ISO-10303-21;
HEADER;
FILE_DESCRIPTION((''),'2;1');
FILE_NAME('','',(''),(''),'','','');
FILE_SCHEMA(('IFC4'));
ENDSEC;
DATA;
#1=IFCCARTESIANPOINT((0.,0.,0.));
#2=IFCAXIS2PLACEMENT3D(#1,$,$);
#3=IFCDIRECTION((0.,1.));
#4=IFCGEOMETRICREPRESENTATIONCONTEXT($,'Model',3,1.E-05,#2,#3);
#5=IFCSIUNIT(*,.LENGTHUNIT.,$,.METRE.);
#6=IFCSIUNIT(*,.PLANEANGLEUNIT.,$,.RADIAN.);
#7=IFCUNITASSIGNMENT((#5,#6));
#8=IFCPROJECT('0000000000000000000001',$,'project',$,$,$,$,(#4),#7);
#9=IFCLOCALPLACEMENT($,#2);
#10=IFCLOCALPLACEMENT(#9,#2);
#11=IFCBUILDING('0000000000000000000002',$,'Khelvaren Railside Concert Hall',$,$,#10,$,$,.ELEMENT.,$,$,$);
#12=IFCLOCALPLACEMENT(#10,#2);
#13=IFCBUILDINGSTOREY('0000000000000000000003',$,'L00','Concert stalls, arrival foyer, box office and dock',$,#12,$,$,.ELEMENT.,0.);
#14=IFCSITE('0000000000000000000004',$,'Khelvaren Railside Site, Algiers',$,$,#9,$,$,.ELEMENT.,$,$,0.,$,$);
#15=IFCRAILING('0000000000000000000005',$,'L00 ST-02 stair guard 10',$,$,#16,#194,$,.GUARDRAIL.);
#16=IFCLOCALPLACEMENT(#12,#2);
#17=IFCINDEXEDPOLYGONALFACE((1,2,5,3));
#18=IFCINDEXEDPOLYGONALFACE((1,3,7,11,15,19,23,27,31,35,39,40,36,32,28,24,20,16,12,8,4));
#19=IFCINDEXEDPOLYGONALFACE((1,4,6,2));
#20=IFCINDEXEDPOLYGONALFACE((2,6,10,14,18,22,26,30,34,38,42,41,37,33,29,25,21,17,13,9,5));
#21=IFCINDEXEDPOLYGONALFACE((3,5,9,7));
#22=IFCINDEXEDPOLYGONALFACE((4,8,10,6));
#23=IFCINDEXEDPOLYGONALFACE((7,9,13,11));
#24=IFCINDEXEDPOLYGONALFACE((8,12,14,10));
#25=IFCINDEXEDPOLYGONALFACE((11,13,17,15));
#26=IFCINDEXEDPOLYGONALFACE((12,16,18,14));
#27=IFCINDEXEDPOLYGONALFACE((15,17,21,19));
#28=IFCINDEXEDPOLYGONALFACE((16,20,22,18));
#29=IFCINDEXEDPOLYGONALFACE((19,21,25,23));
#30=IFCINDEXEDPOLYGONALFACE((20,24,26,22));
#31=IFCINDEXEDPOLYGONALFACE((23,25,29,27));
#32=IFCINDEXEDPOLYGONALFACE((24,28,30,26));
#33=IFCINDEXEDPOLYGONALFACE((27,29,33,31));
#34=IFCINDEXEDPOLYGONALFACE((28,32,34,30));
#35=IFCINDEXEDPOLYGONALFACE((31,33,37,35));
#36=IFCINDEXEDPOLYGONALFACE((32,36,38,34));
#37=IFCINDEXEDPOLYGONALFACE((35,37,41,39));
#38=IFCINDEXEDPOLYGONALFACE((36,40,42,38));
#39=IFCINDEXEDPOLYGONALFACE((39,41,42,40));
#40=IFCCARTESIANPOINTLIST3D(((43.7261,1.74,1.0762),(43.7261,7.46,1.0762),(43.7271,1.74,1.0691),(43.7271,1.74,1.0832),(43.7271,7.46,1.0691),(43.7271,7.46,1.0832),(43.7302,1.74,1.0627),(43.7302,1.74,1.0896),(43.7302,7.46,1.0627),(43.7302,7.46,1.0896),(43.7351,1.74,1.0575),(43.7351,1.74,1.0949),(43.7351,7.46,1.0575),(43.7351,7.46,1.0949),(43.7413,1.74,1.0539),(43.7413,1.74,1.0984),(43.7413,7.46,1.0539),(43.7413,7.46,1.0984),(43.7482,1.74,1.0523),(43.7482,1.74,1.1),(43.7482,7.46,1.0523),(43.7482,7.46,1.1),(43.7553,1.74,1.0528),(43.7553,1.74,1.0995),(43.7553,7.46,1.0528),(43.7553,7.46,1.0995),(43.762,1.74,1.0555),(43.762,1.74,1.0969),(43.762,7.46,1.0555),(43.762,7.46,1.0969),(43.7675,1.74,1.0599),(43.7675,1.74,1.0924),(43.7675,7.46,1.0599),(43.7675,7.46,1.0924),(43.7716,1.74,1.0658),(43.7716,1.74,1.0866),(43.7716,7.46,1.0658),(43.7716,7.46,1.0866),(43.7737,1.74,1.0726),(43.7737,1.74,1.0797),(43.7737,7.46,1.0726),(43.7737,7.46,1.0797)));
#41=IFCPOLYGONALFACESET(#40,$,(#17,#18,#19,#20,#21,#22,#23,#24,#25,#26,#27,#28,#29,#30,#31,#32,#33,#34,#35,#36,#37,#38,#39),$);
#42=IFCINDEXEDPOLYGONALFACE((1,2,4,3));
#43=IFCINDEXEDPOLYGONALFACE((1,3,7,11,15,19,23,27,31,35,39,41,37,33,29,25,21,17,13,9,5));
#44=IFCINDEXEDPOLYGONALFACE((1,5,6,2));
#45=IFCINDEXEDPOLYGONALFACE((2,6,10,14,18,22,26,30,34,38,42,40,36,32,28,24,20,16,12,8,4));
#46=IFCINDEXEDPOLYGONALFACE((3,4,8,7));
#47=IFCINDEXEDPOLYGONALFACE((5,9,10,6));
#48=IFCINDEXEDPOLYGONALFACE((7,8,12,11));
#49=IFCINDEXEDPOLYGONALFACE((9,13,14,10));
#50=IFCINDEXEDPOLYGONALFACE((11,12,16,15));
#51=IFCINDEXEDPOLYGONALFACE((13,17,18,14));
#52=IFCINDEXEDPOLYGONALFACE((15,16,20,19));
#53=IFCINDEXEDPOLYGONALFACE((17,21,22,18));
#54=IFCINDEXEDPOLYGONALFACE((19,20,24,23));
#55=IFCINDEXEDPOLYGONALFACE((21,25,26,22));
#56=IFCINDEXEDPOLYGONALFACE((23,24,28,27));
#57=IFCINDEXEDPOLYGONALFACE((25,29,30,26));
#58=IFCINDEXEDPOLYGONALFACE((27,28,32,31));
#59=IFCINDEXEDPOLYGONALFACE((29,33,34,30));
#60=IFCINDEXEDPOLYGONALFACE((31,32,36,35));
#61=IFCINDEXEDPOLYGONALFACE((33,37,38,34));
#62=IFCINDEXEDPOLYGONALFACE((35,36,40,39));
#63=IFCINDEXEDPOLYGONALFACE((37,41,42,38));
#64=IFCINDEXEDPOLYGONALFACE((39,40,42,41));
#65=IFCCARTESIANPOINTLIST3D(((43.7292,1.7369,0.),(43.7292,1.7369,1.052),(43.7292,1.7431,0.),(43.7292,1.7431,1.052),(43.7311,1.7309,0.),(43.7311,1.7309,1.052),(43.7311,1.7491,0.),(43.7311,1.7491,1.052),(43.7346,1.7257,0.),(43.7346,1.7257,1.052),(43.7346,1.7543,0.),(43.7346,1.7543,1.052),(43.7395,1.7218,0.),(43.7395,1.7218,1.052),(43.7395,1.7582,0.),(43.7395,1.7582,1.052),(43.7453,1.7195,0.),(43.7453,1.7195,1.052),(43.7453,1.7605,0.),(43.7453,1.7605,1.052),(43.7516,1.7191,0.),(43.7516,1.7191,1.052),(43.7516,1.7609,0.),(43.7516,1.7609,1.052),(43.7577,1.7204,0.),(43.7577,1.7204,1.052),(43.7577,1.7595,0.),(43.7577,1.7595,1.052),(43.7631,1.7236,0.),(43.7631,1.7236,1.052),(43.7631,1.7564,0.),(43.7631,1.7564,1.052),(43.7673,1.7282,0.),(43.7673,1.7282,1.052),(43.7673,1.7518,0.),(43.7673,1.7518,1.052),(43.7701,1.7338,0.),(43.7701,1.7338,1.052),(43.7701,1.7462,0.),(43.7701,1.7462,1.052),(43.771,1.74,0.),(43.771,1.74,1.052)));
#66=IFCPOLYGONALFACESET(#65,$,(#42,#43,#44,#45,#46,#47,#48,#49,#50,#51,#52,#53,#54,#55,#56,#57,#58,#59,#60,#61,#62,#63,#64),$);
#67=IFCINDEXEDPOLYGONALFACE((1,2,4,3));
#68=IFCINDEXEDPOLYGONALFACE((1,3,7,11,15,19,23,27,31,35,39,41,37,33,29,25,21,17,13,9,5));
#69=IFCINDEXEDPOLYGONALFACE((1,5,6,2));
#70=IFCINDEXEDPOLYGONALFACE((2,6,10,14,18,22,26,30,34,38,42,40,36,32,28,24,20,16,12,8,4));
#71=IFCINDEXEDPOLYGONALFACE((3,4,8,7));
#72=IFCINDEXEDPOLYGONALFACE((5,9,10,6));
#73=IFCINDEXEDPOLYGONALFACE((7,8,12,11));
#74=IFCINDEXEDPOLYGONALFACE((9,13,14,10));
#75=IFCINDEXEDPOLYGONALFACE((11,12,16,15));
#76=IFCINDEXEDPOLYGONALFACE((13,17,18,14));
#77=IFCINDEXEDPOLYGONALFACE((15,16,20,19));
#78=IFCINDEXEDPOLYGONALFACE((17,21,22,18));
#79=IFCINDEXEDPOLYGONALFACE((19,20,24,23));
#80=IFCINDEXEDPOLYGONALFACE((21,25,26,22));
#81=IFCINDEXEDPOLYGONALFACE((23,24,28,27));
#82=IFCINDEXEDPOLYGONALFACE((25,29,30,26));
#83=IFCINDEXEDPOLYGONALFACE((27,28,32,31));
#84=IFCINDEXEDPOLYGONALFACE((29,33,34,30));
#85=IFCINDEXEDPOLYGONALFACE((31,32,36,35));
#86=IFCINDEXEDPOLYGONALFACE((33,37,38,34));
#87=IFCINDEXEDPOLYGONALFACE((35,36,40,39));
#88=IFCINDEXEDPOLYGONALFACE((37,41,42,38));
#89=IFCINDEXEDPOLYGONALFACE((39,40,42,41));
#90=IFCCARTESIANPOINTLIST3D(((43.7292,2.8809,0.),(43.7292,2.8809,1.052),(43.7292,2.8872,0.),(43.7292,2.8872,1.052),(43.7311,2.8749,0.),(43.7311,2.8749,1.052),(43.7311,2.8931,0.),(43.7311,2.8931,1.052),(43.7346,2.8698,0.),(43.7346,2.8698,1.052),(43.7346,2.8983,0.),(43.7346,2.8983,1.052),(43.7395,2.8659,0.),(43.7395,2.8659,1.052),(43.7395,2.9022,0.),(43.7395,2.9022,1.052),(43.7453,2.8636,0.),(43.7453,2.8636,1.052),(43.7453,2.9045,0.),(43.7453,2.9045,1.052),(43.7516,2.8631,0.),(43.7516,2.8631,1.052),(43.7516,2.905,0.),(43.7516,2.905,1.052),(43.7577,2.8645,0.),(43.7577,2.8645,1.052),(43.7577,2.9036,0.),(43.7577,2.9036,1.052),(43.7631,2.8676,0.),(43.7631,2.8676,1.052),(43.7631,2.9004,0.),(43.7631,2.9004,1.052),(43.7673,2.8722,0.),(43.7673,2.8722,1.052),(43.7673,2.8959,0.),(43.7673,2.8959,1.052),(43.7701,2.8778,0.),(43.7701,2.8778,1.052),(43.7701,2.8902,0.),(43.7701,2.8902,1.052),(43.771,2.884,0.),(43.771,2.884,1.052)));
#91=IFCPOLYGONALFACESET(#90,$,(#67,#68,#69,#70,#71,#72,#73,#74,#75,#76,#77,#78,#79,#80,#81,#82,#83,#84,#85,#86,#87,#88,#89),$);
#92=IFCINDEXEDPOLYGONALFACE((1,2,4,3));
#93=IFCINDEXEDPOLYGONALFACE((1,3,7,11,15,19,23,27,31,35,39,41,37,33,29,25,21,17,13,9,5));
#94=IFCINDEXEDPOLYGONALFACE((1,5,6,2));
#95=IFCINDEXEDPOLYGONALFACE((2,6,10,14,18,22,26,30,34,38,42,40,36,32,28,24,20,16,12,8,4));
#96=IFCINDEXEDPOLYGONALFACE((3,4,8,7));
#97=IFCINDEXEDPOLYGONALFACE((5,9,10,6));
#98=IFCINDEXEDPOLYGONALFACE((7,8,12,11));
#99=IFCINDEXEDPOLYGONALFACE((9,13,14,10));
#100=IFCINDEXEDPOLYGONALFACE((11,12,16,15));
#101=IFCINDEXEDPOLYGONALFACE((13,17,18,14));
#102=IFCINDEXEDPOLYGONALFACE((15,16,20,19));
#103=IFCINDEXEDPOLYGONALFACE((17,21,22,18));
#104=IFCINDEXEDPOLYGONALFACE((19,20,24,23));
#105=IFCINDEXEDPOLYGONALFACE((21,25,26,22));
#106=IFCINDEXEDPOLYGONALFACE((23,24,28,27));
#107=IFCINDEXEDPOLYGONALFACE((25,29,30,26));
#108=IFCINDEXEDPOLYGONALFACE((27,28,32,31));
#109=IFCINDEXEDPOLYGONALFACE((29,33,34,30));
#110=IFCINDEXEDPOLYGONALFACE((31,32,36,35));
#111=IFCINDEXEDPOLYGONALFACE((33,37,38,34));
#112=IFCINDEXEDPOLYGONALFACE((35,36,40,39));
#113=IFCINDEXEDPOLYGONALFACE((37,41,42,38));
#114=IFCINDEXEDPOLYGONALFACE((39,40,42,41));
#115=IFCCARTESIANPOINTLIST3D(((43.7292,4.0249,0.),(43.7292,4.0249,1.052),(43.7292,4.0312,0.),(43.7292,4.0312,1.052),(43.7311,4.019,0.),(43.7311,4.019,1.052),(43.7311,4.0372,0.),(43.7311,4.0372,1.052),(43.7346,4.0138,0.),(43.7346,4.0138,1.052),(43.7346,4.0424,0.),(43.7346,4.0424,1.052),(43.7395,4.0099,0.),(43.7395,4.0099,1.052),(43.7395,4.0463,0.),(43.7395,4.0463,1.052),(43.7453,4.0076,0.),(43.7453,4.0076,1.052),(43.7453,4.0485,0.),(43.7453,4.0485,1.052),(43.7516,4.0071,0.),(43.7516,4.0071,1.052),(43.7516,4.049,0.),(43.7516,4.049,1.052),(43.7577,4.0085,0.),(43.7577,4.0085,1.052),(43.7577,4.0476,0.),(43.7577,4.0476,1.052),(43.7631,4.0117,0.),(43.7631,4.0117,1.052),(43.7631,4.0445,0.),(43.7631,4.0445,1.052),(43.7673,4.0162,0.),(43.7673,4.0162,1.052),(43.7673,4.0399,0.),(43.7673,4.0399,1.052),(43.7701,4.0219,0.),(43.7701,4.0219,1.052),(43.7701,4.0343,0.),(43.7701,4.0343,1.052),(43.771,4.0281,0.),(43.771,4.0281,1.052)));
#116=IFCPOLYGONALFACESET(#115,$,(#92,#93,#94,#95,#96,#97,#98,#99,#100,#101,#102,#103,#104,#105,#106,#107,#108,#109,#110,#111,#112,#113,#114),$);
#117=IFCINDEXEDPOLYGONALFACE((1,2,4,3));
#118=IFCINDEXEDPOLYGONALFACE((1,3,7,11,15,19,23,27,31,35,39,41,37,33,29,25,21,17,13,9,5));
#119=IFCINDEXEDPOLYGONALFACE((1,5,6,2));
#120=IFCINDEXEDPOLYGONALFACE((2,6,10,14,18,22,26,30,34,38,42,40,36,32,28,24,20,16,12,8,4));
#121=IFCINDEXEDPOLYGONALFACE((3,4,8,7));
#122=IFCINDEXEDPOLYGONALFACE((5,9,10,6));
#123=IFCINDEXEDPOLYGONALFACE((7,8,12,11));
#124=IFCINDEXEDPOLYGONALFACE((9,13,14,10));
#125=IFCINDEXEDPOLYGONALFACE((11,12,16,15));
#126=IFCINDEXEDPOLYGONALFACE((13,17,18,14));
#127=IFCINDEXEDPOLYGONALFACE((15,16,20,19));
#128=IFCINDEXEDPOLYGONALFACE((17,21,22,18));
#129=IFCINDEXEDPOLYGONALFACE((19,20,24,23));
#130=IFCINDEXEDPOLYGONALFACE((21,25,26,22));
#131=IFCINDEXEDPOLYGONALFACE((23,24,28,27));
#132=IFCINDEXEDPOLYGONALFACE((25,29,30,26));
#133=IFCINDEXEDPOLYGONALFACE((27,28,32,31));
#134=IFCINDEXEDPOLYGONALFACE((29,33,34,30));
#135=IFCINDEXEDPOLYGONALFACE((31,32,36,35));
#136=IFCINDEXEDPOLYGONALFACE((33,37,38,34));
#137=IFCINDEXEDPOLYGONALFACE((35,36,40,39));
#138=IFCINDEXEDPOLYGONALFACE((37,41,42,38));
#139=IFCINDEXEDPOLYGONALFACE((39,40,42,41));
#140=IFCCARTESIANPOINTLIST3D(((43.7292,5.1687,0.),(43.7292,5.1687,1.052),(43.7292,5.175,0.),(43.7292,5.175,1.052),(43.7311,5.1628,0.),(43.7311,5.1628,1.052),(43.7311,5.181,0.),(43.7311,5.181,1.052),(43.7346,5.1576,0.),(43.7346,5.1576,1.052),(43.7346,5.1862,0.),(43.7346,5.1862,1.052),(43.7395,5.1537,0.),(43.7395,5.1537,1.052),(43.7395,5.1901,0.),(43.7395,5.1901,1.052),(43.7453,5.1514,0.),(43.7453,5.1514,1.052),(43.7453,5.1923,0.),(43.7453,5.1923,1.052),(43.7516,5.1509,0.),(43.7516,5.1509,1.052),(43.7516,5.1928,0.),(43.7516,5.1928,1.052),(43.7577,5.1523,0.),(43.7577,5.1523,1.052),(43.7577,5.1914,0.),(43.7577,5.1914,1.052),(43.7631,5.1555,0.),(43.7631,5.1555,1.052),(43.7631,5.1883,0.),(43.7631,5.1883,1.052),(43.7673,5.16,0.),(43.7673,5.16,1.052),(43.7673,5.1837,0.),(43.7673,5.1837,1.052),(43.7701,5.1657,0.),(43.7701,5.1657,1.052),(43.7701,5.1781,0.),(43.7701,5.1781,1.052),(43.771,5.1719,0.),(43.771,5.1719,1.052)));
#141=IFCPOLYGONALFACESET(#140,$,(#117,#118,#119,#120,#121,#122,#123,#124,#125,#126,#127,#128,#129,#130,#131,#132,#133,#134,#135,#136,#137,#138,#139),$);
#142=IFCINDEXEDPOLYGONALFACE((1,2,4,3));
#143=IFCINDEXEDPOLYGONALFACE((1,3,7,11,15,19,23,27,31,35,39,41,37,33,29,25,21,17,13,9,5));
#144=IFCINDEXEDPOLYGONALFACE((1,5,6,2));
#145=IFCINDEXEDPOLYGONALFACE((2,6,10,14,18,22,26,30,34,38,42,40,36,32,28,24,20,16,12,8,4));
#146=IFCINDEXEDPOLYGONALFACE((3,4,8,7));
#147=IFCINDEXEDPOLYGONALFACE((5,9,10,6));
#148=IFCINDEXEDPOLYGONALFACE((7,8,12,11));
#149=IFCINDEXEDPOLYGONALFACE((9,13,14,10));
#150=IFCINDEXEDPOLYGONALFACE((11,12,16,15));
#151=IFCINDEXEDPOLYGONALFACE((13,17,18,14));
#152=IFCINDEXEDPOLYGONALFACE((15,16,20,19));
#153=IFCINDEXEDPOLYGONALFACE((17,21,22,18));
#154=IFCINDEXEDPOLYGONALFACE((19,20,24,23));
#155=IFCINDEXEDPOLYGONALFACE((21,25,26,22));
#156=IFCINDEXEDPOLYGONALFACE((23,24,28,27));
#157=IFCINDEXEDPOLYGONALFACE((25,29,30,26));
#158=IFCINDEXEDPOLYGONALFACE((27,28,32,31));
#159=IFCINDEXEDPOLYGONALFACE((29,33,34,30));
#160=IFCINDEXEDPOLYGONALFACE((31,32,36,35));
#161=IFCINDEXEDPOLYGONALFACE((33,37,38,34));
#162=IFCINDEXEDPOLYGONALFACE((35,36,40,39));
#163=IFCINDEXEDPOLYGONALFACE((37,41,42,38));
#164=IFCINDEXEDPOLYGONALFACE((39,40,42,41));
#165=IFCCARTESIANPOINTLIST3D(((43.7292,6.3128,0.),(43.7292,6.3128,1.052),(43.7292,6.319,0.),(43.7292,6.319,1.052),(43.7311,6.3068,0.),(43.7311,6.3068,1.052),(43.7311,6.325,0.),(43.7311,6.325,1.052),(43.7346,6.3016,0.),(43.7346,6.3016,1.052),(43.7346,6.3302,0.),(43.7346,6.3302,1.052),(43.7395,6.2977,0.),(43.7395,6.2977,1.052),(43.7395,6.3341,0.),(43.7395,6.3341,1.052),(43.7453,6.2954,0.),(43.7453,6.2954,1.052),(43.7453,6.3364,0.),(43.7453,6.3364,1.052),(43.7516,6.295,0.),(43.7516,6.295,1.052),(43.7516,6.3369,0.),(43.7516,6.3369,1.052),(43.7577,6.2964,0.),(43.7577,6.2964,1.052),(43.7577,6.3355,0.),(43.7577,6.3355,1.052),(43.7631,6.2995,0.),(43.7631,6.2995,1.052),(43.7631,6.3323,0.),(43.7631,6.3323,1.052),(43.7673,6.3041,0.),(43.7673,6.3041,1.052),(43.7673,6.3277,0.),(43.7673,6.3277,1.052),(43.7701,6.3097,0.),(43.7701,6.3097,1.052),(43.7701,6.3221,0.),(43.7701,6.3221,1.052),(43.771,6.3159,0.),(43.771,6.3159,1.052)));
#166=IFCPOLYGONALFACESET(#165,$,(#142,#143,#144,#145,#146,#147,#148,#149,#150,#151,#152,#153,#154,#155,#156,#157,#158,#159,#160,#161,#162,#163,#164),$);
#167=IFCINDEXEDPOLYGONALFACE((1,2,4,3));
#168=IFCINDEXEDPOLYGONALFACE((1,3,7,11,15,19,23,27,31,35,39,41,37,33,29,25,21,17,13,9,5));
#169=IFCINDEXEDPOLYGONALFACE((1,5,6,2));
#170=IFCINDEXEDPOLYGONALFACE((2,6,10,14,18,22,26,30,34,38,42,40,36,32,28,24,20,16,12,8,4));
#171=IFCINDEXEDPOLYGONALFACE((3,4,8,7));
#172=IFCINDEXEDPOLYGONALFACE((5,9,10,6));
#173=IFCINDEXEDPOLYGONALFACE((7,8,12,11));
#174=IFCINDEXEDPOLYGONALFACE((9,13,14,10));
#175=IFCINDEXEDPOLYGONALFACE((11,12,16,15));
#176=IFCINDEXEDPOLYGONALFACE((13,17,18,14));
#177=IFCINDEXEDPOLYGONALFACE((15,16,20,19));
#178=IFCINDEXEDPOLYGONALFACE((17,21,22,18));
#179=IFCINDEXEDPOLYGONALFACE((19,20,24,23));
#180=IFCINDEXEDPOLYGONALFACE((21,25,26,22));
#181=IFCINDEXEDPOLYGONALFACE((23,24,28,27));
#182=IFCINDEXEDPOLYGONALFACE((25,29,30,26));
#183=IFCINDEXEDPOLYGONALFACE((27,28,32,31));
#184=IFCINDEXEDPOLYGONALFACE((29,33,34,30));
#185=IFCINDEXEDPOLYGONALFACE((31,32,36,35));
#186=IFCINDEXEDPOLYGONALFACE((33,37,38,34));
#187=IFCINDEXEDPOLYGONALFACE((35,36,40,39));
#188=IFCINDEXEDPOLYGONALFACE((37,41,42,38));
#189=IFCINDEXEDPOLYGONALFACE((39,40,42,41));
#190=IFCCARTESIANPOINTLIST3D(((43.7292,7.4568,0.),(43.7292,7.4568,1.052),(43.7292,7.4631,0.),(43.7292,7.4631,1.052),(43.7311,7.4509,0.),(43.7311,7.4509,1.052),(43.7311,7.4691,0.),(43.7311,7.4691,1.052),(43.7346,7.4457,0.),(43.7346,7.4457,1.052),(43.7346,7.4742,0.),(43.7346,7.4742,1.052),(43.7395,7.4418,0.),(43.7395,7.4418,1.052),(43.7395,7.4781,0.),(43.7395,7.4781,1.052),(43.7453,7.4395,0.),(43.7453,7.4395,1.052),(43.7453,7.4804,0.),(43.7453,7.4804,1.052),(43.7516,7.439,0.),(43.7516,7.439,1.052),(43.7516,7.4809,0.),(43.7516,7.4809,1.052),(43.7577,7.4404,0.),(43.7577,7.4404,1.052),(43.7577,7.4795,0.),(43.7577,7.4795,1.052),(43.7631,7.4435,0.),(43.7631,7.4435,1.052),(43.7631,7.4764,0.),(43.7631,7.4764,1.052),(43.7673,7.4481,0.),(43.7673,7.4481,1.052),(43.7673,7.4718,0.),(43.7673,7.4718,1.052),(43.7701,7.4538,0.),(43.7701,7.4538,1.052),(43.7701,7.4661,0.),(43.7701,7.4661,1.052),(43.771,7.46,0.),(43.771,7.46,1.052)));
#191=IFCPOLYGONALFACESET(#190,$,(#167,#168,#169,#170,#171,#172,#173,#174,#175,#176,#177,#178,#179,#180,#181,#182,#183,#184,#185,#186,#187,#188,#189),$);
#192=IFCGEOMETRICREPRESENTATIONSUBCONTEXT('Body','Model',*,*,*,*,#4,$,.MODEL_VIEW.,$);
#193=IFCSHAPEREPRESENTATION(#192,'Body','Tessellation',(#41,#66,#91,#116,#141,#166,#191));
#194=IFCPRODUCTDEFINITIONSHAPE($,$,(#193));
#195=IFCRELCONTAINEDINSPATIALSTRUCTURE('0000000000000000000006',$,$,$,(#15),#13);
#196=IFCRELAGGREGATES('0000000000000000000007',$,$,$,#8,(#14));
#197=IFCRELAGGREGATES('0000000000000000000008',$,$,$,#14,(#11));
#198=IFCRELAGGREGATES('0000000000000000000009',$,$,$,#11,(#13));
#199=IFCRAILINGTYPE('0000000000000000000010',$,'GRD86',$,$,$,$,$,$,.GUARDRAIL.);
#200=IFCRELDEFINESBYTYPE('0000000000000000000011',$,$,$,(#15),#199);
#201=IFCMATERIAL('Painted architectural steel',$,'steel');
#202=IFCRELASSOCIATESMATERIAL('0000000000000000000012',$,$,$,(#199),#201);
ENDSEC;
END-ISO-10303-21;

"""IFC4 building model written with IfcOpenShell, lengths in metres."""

from ifc_helpers import new_model, si_unit, direction, frame, origin, origin_2d, place, context, subcontext, project, spatial, circle, extrude, material, type_object, element, save


model = new_model("IFC4")

# Units and contexts
model_context = context("Model", 3, precision=1e-05, world=origin(), true_north=direction((0.0, 1.0)))
body_context = subcontext(model_context, "Body", "Model", "MODEL_VIEW")
ifc_project = project(units=[si_unit("LENGTHUNIT", "METRE"), si_unit("PLANEANGLEUNIT", "RADIAN")], contexts=[model_context])

# Site, building, storey
site_placement = place(None, origin())
site = spatial("IfcSite", under=ifc_project, at=site_placement, Name="Khelvaren Railside Site, Algiers", CompositionType="ELEMENT", RefElevation=0.0)
building_placement = place(site_placement, origin())
building = spatial("IfcBuilding", under=site, at=building_placement, Name="Khelvaren Railside Concert Hall", CompositionType="ELEMENT")
storey_placement = place(building_placement, origin())
storey = spatial("IfcBuildingStorey", under=building, at=storey_placement, Name="L00", Description="Concert stalls, arrival foyer, box office and dock", CompositionType="ELEMENT", Elevation=0.0)

# Railing
ifc_material_1 = material(Name="Painted architectural steel", Category="steel")
railing_type_1 = type_object("IfcRailingType", Name="GRD86", PredefinedType="GUARDRAIL", material=ifc_material_1)
for number, where, name in (
    (1, (43.75, 1.74, 0.0), "L00 ST-02 stair guard 10"),
):
    element("IfcRailing", number, at=place(storey_placement, frame(where)), inside=storey, type_object=railing_type_1, Name=name, PredefinedType="GUARDRAIL", context=body_context, shape_type="SweptSolid", body=[
        extrude(circle(Radius=0.0239, at=origin_2d()), frame((0.0, 0.0, 1.0762), z_axis=(0.0, 1.0, 0.0), x_axis=(-1.0, 0.0, 0.0)), (0.0, 0.0, 1.0), 5.72),
        extrude(circle(Radius=0.021, at=origin_2d()), origin(), (0.0, 0.0, 1.0), 1.052),
        extrude(circle(Radius=0.021, at=origin_2d()), frame((0.0, 1.144, 0.0)), (0.0, 0.0, 1.0), 1.052),
        extrude(circle(Radius=0.021, at=origin_2d()), frame((0.0, 2.2881, 0.0)), (0.0, 0.0, 1.0), 1.052),
        extrude(circle(Radius=0.021, at=origin_2d()), frame((0.0, 3.4319, 0.0)), (0.0, 0.0, 1.0), 1.052),
        extrude(circle(Radius=0.021, at=origin_2d()), frame((0.0, 4.5759, 0.0)), (0.0, 0.0, 1.0), 1.052),
        extrude(circle(Radius=0.021, at=origin_2d()), frame((0.0, 5.72, 0.0)), (0.0, 0.0, 1.0), 1.052),
    ])

save(model, "model.ifc")
